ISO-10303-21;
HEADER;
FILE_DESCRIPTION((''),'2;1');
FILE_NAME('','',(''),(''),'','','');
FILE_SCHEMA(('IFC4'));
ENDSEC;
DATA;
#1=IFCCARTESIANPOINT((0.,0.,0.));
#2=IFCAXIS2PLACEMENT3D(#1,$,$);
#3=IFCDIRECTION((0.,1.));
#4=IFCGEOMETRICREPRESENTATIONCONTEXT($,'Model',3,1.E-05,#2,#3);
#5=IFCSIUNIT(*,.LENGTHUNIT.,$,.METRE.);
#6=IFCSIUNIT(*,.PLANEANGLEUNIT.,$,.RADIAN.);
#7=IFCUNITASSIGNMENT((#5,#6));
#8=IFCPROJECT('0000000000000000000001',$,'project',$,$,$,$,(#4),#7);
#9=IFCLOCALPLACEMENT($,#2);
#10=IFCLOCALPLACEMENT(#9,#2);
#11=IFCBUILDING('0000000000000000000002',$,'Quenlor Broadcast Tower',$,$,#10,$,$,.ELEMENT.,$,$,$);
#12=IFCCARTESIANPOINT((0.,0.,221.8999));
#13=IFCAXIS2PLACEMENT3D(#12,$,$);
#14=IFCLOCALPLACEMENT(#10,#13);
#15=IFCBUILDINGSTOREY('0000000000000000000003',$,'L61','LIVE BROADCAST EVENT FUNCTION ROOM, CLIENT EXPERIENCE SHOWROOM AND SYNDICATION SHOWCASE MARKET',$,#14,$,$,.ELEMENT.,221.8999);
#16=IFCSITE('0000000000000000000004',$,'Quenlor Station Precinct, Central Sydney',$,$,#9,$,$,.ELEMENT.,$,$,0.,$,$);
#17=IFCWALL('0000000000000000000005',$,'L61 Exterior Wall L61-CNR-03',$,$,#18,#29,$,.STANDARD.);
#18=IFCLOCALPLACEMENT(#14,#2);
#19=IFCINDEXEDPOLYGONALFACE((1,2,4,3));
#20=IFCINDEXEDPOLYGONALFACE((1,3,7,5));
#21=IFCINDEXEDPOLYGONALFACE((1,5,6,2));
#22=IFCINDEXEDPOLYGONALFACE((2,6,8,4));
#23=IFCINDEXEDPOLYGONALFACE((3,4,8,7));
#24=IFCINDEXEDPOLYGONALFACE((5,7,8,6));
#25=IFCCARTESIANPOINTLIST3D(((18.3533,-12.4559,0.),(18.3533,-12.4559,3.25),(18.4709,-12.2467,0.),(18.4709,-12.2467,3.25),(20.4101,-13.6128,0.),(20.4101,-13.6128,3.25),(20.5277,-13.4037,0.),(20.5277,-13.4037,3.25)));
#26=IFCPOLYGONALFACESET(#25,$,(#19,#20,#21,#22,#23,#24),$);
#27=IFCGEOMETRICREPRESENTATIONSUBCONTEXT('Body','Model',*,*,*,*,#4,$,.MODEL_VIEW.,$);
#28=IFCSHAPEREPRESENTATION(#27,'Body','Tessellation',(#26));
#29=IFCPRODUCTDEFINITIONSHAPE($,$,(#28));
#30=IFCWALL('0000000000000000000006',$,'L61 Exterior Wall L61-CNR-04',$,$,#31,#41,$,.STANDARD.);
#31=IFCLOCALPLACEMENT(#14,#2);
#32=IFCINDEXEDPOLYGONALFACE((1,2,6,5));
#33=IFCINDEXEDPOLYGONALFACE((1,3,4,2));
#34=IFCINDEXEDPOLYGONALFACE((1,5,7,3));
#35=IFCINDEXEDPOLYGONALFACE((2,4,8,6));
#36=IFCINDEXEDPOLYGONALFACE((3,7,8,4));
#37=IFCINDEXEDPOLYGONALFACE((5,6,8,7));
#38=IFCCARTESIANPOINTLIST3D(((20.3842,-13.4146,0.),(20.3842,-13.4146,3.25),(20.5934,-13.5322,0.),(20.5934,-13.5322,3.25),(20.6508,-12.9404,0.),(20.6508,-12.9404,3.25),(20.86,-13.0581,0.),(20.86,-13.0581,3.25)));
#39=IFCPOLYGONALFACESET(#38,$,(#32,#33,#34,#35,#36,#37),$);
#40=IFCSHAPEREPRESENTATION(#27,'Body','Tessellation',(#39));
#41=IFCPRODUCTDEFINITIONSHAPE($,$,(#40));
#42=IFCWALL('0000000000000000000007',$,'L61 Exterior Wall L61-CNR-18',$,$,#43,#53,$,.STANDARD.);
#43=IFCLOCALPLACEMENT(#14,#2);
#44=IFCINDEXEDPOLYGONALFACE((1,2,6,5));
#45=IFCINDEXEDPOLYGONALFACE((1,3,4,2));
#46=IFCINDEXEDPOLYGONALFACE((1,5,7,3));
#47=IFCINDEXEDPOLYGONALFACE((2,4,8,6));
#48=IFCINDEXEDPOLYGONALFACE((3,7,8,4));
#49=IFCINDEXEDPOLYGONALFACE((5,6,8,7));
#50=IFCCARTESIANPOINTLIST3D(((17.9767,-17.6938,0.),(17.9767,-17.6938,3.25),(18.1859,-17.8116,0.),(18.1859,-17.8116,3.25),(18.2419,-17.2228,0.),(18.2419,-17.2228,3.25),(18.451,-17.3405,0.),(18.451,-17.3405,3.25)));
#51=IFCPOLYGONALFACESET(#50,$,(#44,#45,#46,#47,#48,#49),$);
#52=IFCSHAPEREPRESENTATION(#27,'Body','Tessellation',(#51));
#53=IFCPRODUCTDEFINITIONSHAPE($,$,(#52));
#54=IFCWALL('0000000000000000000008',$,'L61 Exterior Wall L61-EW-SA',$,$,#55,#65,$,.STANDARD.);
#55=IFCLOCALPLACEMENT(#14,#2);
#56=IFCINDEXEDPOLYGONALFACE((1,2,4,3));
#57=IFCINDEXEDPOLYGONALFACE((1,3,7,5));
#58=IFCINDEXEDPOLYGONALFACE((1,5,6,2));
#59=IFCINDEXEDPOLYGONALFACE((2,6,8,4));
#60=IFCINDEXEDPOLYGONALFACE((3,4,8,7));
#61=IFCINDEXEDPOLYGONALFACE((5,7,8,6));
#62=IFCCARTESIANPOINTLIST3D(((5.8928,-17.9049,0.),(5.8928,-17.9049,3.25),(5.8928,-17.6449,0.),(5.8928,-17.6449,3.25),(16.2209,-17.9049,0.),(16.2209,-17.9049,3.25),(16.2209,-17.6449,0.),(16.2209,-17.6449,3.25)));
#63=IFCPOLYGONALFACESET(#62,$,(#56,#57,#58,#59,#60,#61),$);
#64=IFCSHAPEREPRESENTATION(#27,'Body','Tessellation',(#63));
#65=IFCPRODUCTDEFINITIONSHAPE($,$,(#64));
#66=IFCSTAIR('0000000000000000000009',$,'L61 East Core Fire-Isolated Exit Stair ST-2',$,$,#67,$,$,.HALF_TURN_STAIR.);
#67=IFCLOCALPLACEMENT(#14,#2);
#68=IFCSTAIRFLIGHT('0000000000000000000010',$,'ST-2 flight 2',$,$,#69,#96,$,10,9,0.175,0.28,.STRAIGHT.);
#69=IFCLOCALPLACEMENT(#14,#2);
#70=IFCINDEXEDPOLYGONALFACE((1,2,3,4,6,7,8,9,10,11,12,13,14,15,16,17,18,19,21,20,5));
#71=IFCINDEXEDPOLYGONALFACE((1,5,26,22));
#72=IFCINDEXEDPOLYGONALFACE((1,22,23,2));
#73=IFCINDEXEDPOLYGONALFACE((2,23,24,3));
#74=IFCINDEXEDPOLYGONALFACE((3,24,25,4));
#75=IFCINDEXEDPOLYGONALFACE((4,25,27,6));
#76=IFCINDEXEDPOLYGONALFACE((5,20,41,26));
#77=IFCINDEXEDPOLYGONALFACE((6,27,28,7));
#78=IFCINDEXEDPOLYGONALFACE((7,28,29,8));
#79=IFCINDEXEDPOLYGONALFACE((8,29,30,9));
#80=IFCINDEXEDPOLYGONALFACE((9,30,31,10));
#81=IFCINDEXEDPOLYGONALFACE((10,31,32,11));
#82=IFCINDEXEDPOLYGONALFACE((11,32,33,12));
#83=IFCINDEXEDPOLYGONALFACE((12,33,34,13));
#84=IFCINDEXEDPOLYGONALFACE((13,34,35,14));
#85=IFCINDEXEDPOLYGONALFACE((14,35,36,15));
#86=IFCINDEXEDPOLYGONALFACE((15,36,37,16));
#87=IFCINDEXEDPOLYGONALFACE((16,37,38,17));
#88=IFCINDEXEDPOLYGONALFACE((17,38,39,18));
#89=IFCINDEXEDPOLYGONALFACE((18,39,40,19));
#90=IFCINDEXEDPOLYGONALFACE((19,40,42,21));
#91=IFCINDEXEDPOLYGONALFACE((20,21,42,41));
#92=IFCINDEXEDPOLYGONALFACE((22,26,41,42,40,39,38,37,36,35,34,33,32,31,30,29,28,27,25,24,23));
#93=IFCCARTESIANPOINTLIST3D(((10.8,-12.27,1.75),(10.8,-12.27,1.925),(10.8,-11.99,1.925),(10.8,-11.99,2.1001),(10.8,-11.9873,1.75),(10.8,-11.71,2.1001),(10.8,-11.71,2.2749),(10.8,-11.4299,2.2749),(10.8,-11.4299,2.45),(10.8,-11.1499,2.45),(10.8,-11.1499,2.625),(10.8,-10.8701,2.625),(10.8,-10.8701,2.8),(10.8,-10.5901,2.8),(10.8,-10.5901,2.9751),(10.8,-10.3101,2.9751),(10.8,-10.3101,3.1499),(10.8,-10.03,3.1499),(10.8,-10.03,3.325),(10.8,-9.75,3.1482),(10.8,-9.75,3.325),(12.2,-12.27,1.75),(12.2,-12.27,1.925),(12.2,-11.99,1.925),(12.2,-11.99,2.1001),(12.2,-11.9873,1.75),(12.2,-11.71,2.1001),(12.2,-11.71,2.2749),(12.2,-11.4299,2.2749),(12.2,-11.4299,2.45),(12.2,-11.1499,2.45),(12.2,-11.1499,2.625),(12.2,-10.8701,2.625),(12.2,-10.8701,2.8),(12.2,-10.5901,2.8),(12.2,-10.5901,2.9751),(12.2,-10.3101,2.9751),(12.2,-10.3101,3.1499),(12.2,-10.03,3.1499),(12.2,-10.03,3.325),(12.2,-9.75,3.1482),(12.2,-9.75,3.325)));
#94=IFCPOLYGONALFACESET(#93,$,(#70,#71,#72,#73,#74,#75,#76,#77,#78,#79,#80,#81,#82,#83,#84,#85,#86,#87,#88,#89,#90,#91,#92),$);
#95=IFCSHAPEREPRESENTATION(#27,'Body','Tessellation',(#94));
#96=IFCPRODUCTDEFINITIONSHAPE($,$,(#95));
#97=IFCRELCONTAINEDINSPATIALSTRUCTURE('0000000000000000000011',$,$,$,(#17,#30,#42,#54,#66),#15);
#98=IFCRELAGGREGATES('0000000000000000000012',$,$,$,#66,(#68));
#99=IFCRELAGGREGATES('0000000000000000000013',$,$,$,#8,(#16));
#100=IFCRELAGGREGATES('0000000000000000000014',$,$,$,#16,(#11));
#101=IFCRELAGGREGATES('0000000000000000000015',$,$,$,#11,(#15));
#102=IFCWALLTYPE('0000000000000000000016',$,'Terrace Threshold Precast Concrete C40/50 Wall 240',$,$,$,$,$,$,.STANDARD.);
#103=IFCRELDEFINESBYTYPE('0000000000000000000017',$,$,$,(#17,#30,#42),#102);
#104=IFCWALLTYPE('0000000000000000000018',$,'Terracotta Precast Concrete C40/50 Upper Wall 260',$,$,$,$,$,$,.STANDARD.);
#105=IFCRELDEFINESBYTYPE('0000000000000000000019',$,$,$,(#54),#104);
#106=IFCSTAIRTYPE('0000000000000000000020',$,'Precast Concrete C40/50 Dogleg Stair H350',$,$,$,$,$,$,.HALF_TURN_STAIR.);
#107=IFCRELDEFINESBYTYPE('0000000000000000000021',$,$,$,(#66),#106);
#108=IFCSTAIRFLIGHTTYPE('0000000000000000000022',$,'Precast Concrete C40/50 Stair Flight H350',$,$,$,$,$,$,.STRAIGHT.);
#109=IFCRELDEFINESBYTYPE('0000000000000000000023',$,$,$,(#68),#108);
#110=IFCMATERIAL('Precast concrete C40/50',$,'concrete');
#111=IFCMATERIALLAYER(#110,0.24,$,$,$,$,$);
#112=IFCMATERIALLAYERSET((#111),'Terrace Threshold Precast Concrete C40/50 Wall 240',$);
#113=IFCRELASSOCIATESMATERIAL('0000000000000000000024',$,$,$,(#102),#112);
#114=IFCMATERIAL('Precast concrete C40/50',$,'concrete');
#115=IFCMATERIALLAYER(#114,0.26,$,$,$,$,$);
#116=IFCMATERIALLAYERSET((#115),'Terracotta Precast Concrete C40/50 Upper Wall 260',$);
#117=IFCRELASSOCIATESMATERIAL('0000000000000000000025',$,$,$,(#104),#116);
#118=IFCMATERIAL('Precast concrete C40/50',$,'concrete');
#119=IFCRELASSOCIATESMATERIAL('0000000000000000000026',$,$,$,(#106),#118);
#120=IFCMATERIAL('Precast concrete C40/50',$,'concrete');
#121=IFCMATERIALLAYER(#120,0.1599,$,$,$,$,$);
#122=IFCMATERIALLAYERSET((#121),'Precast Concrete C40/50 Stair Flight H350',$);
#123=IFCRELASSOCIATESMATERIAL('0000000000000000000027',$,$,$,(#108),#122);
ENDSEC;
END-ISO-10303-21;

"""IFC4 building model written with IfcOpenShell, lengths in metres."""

from ifc_helpers import new_model, si_unit, direction, frame, frame_2d, origin, place, context, subcontext, project, spatial, polyline, rectangle, outline, extrude, material, layer, layer_set, type_object, element, aggregate, save


model = new_model("IFC4")

# Units and contexts
model_context = context("Model", 3, precision=1e-05, world=origin(), true_north=direction((0.0, 1.0)))
body_context = subcontext(model_context, "Body", "Model", "MODEL_VIEW")
ifc_project = project(units=[si_unit("LENGTHUNIT", "METRE"), si_unit("PLANEANGLEUNIT", "RADIAN")], contexts=[model_context])

# Site, building, storey
site_placement = place(None, origin())
site = spatial("IfcSite", under=ifc_project, at=site_placement, Name="Quenlor Station Precinct, Central Sydney", CompositionType="ELEMENT", RefElevation=0.0)
building_placement = place(site_placement, origin())
building = spatial("IfcBuilding", under=site, at=building_placement, Name="Quenlor Broadcast Tower", CompositionType="ELEMENT")
storey_placement = place(building_placement, frame((0.0, 0.0, 221.8999)))
storey = spatial("IfcBuildingStorey", under=building, at=storey_placement, Name="L61", Description="LIVE BROADCAST EVENT FUNCTION ROOM, CLIENT EXPERIENCE SHOWROOM AND SYNDICATION SHOWCASE MARKET", CompositionType="ELEMENT", Elevation=221.8999)

# Walls
ifc_material_1 = material(Name="Precast concrete C40/50", Category="concrete")
ifc_layer_1 = layer(ifc_material_1, 0.24)
ifc_layer_set_1 = layer_set([ifc_layer_1], Name="Terrace Threshold Precast Concrete C40/50 Wall 240")
wall_type_1 = type_object("IfcWallType", Name="Terrace Threshold Precast Concrete C40/50 Wall 240", PredefinedType="STANDARD", material=ifc_layer_set_1)
wall_1_placement = place(storey_placement, frame((18.4121, -12.3513, 0.0), z_axis=(0.0, 0.0, 1.0), x_axis=(0.871578, -0.490256, 0.0)))
element("IfcWall", 1, at=wall_1_placement, inside=storey, type_object=wall_type_1, Name="L61 Exterior Wall L61-CNR-03", PredefinedType="STANDARD", context=body_context, shape_type="SweptSolid", body=[
    extrude(rectangle(XDim=2.3599, YDim=0.24, at=frame_2d((1.1799, 0.0))), origin(), (0.0, 0.0, 1.0), 3.25),
])
wall_2_placement = place(storey_placement, frame((20.4888, -13.4734, 0.0), z_axis=(0.0, 0.0, 1.0), x_axis=(0.490133, 0.871647, 0.0)))
element("IfcWall", 2, at=wall_2_placement, inside=storey, type_object=wall_type_1, Name="L61 Exterior Wall L61-CNR-04", PredefinedType="STANDARD", context=body_context, shape_type="SweptSolid", body=[
    extrude(rectangle(XDim=0.5439, YDim=0.24, at=frame_2d((0.272, 0.0))), origin(), (0.0, 0.0, 1.0), 3.25),
])
wall_3_placement = place(storey_placement, frame((18.0813, -17.7527, 0.0), z_axis=(0.0, 0.0, 1.0), x_axis=(0.490583, 0.871395, 0.0)))
element("IfcWall", 3, at=wall_3_placement, inside=storey, type_object=wall_type_1, Name="L61 Exterior Wall L61-CNR-18", PredefinedType="STANDARD", context=body_context, shape_type="SweptSolid", body=[
    extrude(rectangle(XDim=0.5405, YDim=0.24, at=frame_2d((0.2703, 0.0))), origin(), (0.0, 0.0, 1.0), 3.25),
])
ifc_material_2 = material(Name="Precast concrete C40/50", Category="concrete")
ifc_layer_2 = layer(ifc_material_2, 0.26)
ifc_layer_set_2 = layer_set([ifc_layer_2], Name="Terracotta Precast Concrete C40/50 Upper Wall 260")
wall_type_2 = type_object("IfcWallType", Name="Terracotta Precast Concrete C40/50 Upper Wall 260", PredefinedType="STANDARD", material=ifc_layer_set_2)
wall_4_placement = place(storey_placement, frame((16.2209, -17.7749, 0.0), z_axis=(0.0, 0.0, 1.0), x_axis=(-1.0, 0.0, 0.0)))
element("IfcWall", 4, at=wall_4_placement, inside=storey, type_object=wall_type_2, Name="L61 Exterior Wall L61-EW-SA", PredefinedType="STANDARD", context=body_context, shape_type="SweptSolid", body=[
    extrude(rectangle(XDim=10.3281, YDim=0.26, at=frame_2d((5.1641, 0.0))), origin(), (0.0, 0.0, 1.0), 3.25),
])

# Stair, stair flight
ifc_material_3 = material(Name="Precast concrete C40/50", Category="concrete")
stair_type = type_object("IfcStairType", Name="Precast Concrete C40/50 Dogleg Stair H350", PredefinedType="HALF_TURN_STAIR", material=ifc_material_3)
stair_placement = place(storey_placement, origin())
stair = element("IfcStair", 5, at=stair_placement, inside=storey, type_object=stair_type, Name="L61 East Core Fire-Isolated Exit Stair ST-2", PredefinedType="HALF_TURN_STAIR")
ifc_material_4 = material(Name="Precast concrete C40/50", Category="concrete")
ifc_layer_3 = layer(ifc_material_4, 0.1599)
ifc_layer_set_3 = layer_set([ifc_layer_3], Name="Precast Concrete C40/50 Stair Flight H350")
stair_flight_type = type_object("IfcStairFlightType", Name="Precast Concrete C40/50 Stair Flight H350", PredefinedType="STRAIGHT", material=ifc_layer_set_3)
stair_flight_placement = place(storey_placement, frame((11.5, -12.27, 1.75), z_axis=(0.0, 0.0, 1.0), x_axis=(0.0, 1.0, 0.0)))
stair_flight = element("IfcStairFlight", 6, at=stair_flight_placement, type_object=stair_flight_type, Name="ST-2 flight 2", NumberOfRisers=10, NumberOfTreads=9, PredefinedType="STRAIGHT", RiserHeight=0.175, TreadLength=0.28, context=body_context, shape_type="SweptSolid", body=[
    extrude(outline(polyline([(0.0, 0.0), (0.0, 0.175), (0.28, 0.175), (0.28, 0.3501), (0.5601, 0.3501), (0.5601, 0.5249), (0.8401, 0.5249), (0.8401, 0.7), (1.1201, 0.7), (1.1201, 0.875), (1.3999, 0.875), (1.3999, 1.05), (1.6799, 1.05), (1.6799, 1.2251), (1.96, 1.2251), (1.96, 1.3999), (2.24, 1.3999), (2.24, 1.575), (2.52, 1.575), (2.52, 1.75), (2.52, 1.3982), (0.2827, 0.0), (0.0, 0.0)])), frame((0.0, 0.7, 0.0), z_axis=(0.0, -1.0, 0.0), x_axis=(1.0, 0.0, 0.0)), (0.0, 0.0, 1.0), 1.3999),
])
aggregate(stair, [stair_flight])

save(model, "model.ifc")
